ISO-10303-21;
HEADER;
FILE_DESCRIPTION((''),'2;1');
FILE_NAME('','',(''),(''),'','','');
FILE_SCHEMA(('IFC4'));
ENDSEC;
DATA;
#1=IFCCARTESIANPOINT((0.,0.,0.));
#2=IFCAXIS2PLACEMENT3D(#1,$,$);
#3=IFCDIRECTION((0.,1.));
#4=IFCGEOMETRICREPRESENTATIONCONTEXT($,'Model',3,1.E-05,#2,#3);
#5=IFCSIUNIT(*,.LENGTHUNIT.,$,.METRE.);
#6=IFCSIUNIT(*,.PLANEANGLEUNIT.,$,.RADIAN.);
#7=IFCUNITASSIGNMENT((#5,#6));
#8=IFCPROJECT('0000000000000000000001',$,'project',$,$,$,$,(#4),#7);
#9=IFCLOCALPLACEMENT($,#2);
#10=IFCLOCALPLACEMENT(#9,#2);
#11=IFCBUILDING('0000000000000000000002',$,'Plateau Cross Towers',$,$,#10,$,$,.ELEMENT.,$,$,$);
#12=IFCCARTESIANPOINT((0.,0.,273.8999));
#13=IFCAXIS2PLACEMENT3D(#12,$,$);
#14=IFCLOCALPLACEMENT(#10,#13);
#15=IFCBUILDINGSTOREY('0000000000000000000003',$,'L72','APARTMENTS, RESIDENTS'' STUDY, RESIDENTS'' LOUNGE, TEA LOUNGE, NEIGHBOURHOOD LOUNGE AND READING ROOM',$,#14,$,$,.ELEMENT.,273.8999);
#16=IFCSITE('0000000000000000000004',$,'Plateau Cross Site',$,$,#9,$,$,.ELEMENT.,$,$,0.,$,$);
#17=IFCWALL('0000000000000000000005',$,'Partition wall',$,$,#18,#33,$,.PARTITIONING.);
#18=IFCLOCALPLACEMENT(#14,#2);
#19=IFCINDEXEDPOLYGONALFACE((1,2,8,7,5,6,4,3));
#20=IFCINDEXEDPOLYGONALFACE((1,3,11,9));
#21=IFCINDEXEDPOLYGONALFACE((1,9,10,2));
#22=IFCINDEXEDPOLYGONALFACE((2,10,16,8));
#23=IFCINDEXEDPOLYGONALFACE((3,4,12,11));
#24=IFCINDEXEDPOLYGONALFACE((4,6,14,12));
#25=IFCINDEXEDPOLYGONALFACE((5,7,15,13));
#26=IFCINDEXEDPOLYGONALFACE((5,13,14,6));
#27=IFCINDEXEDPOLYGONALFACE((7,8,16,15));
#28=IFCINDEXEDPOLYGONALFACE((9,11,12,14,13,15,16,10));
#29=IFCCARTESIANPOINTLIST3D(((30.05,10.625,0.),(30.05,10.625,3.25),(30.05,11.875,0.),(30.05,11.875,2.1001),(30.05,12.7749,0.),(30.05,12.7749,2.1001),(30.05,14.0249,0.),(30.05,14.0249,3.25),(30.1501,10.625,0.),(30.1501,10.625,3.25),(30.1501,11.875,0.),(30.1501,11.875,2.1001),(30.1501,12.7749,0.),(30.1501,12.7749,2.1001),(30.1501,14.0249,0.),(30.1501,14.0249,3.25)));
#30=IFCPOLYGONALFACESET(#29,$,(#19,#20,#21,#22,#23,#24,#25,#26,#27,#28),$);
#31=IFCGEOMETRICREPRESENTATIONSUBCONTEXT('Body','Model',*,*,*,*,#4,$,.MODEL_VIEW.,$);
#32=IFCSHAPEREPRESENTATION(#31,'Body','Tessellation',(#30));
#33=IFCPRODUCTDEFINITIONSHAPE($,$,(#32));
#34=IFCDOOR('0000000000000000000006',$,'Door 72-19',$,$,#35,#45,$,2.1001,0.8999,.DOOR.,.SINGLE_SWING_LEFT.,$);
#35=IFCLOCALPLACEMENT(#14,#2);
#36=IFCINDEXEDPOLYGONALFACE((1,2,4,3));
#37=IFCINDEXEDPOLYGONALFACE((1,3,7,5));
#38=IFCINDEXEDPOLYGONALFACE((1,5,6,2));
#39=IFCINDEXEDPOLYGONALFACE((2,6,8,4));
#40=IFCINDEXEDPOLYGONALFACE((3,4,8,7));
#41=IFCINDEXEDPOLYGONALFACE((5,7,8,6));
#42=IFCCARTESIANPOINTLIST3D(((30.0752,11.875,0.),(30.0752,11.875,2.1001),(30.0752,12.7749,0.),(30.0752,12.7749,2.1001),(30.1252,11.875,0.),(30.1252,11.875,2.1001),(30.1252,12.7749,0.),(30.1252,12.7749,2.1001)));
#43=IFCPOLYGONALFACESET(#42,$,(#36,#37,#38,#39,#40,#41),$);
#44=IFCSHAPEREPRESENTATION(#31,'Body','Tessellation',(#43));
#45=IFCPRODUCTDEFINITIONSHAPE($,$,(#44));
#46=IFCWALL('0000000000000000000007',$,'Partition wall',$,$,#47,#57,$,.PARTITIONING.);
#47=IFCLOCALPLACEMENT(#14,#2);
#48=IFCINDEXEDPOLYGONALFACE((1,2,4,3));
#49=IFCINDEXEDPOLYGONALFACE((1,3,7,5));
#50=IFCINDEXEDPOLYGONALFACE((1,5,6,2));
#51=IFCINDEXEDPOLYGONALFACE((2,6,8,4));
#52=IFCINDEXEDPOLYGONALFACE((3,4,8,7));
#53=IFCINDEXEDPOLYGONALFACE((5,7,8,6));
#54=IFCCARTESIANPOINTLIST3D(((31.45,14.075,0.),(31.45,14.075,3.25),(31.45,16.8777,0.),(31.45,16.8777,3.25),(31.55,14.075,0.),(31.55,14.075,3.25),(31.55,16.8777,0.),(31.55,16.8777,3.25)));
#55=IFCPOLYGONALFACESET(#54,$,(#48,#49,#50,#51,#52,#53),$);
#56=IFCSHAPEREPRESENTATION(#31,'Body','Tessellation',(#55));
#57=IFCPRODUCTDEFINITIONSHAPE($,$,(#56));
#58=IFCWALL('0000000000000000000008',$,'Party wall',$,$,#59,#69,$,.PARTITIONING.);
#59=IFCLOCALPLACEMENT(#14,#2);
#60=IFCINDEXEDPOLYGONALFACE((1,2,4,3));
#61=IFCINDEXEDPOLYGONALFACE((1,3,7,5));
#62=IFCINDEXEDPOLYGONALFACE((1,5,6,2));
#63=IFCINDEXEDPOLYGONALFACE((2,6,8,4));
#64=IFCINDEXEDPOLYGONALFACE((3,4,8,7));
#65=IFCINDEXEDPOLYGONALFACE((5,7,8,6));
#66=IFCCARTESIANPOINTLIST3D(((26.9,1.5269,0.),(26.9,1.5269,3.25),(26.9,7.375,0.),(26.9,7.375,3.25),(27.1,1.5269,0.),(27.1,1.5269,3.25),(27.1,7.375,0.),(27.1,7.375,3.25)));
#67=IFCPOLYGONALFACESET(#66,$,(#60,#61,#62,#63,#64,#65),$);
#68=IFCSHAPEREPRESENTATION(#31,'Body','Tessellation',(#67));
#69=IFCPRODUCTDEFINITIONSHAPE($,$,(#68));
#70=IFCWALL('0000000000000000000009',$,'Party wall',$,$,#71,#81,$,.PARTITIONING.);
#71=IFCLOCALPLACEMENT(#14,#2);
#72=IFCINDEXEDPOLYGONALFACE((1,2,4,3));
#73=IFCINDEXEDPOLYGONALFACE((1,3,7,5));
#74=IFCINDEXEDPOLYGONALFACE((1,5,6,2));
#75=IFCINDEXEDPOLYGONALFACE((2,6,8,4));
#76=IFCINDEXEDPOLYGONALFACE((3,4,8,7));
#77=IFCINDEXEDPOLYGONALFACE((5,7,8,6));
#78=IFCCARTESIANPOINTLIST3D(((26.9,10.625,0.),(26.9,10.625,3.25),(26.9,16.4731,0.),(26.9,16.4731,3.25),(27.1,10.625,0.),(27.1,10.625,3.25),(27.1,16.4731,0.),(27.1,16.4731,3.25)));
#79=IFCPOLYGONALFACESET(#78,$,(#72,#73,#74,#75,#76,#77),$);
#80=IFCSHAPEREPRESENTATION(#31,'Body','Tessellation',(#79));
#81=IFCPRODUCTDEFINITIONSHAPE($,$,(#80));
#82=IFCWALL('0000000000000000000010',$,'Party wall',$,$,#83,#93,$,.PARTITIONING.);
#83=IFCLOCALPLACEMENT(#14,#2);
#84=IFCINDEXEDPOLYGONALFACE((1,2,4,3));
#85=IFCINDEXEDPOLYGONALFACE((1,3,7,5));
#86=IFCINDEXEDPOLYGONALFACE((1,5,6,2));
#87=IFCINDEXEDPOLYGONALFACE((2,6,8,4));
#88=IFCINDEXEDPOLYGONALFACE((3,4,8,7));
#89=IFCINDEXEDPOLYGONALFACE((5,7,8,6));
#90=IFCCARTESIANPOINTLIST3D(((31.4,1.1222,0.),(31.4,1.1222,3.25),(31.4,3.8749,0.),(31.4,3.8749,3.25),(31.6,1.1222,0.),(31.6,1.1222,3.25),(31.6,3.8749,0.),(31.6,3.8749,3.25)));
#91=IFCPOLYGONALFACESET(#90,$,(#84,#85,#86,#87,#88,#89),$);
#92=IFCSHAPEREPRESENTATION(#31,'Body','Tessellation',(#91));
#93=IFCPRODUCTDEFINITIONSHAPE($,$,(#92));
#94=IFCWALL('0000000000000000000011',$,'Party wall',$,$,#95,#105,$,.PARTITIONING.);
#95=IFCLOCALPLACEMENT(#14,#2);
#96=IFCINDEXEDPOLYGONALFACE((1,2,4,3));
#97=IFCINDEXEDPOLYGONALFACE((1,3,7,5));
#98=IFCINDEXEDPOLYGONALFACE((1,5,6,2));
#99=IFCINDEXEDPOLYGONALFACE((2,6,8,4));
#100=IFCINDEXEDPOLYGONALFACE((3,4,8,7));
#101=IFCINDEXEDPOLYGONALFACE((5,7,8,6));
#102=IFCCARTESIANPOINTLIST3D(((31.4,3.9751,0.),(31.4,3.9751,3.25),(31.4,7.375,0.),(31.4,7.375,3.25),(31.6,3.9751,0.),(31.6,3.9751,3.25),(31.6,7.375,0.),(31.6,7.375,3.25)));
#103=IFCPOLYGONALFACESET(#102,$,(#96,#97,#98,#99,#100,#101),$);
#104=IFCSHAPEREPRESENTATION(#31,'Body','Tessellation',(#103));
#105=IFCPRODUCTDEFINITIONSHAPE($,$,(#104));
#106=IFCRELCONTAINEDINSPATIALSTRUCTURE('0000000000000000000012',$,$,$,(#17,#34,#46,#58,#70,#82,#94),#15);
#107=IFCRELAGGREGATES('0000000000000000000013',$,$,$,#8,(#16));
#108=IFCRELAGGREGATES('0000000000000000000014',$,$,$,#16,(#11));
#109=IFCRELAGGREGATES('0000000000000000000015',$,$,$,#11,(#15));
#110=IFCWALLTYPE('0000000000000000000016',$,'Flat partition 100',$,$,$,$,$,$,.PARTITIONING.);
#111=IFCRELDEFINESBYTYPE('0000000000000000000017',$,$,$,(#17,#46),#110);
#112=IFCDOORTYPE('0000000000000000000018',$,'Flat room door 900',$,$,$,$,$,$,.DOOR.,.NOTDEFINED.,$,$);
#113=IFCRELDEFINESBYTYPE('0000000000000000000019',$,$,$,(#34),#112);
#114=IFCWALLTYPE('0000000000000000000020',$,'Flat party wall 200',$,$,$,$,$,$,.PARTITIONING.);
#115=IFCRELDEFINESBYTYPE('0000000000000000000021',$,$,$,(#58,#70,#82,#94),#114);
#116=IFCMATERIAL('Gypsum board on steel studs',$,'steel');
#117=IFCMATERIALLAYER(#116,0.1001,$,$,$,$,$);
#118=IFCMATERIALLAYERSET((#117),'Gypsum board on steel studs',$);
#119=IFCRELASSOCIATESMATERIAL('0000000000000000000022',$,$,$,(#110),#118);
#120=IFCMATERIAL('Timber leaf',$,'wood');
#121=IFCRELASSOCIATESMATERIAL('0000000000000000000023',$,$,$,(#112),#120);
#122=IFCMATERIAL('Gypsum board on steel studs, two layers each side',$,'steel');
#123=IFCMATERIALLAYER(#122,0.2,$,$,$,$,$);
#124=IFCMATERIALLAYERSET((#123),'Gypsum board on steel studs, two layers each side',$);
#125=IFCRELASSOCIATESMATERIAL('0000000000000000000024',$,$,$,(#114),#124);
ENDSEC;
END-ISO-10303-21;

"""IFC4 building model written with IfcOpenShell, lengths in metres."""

from ifc_helpers import new_model, si_unit, direction, frame, frame_2d, origin, place, context, subcontext, project, spatial, rectangle, extrude, material, layer, layer_set, type_object, element, fill, save


model = new_model("IFC4")

# Units and contexts
model_context = context("Model", 3, precision=1e-05, world=origin(), true_north=direction((0.0, 1.0)))
body_context = subcontext(model_context, "Body", "Model", "MODEL_VIEW")
ifc_project = project(units=[si_unit("LENGTHUNIT", "METRE"), si_unit("PLANEANGLEUNIT", "RADIAN")], contexts=[model_context])

# Site, building, storey
site_placement = place(None, origin())
site = spatial("IfcSite", under=ifc_project, at=site_placement, Name="Plateau Cross Site", CompositionType="ELEMENT", RefElevation=0.0)
building_placement = place(site_placement, origin())
building = spatial("IfcBuilding", under=site, at=building_placement, Name="Plateau Cross Towers", CompositionType="ELEMENT")
storey_placement = place(building_placement, frame((0.0, 0.0, 273.8999)))
storey = spatial("IfcBuildingStorey", under=building, at=storey_placement, Name="L72", Description="APARTMENTS, RESIDENTS' STUDY, RESIDENTS' LOUNGE, TEA LOUNGE, NEIGHBOURHOOD LOUNGE AND READING ROOM", CompositionType="ELEMENT", Elevation=273.8999)

# Shared definitions
ifc_material_1 = material(Name="Gypsum board on steel studs", Category="steel")
ifc_layer_1 = layer(ifc_material_1, 0.1001)
ifc_layer_set_1 = layer_set([ifc_layer_1], Name="Gypsum board on steel studs")
wall_type_1 = type_object("IfcWallType", Name="Flat partition 100", PredefinedType="PARTITIONING", material=ifc_layer_set_1)

# Shared definitions
ifc_material_2 = material(Name="Timber leaf", Category="wood")
door_type = type_object("IfcDoorType", Name="Flat room door 900", OperationType="NOTDEFINED", PredefinedType="DOOR", material=ifc_material_2)

# Wall, opening, door
wall_1_placement = place(storey_placement, frame((30.1001, 10.625, 0.0), z_axis=(0.0, 0.0, 1.0), x_axis=(0.0, 1.0, 0.0)))
wall_1 = element("IfcWall", 1, at=wall_1_placement, inside=storey, type_object=wall_type_1, Name="Partition wall", PredefinedType="PARTITIONING", context=body_context, shape_type="SweptSolid", body=[
    extrude(rectangle(XDim=3.3999, YDim=0.1001, at=frame_2d((1.7, 0.0))), origin(), (0.0, 0.0, 1.0), 3.25),
])
opening_1_placement = place(wall_1_placement, frame((1.25, 0.0, 0.0)))
opening_1 = element("IfcOpeningElement", 2, at=opening_1_placement, cuts=wall_1, PredefinedType="OPENING", context=body_context, shape_type="SweptSolid", body=[
    extrude(rectangle(XDim=0.8999, YDim=2.1001, at=frame_2d((0.45, 1.05))), frame((0.0, 0.0601, 0.0), z_axis=(0.0, -1.0, 0.0), x_axis=(1.0, 0.0, 0.0)), (0.0, 0.0, 1.0), 0.1201),
])
door_1_placement = place(opening_1_placement, origin())
door_1 = element("IfcDoor", 3, at=door_1_placement, inside=storey, type_object=door_type, Name="Door 72-19", OperationType="SINGLE_SWING_LEFT", OverallHeight=2.1001, OverallWidth=0.8999, PredefinedType="DOOR", context=body_context, shape_type="SweptSolid", body=[
    extrude(rectangle(XDim=0.8999, YDim=2.1001, at=frame_2d((0.45, 1.05))), frame((0.0, 0.0249, 0.0), z_axis=(0.0, -1.0, 0.0), x_axis=(1.0, 0.0, 0.0)), (0.0, 0.0, 1.0), 0.05),
])
fill(opening_1, door_1)

# Walls
wall_2_placement = place(storey_placement, frame((31.5, 16.8777, 0.0), z_axis=(0.0, 0.0, 1.0), x_axis=(0.0, -1.0, 0.0)))
element("IfcWall", 4, at=wall_2_placement, inside=storey, type_object=wall_type_1, Name="Partition wall", PredefinedType="PARTITIONING", context=body_context, shape_type="SweptSolid", body=[
    extrude(rectangle(XDim=2.8027, YDim=0.1001, at=frame_2d((1.4014, 0.0))), origin(), (0.0, 0.0, 1.0), 3.25),
])
ifc_material_3 = material(Name="Gypsum board on steel studs, two layers each side", Category="steel")
ifc_layer_2 = layer(ifc_material_3, 0.2)
ifc_layer_set_2 = layer_set([ifc_layer_2], Name="Gypsum board on steel studs, two layers each side")
wall_type_2 = type_object("IfcWallType", Name="Flat party wall 200", PredefinedType="PARTITIONING", material=ifc_layer_set_2)
for number, where, z_axis, x_axis, name in (
    (5, (27.0, 1.5269, 0.0), (0.0, 0.0, 1.0), (0.0, 1.0, 0.0), "Party wall"),
    (6, (27.0, 10.625, 0.0), (0.0, 0.0, 1.0), (0.0, 1.0, 0.0), "Party wall"),
):
    element("IfcWall", number, at=place(storey_placement, frame(where, z_axis=z_axis, x_axis=x_axis)), inside=storey, type_object=wall_type_2, Name=name, PredefinedType="PARTITIONING", context=body_context, shape_type="SweptSolid", body=[
        extrude(rectangle(XDim=5.8481, YDim=0.2, at=frame_2d((2.9241, 0.0))), origin(), (0.0, 0.0, 1.0), 3.25),
    ])
wall_3_placement = place(storey_placement, frame((31.5, 3.875, 0.0), z_axis=(0.0, 0.0, 1.0), x_axis=(0.0, -1.0, 0.0)))
element("IfcWall", 7, at=wall_3_placement, inside=storey, type_object=wall_type_2, Name="Party wall", PredefinedType="PARTITIONING", context=body_context, shape_type="SweptSolid", body=[
    extrude(rectangle(XDim=2.7527, YDim=0.2, at=frame_2d((1.3765, 0.0))), origin(), (0.0, 0.0, 1.0), 3.25),
])
wall_4_placement = place(storey_placement, frame((31.5, 3.9751, 0.0), z_axis=(0.0, 0.0, 1.0), x_axis=(0.0, 1.0, 0.0)))
element("IfcWall", 8, at=wall_4_placement, inside=storey, type_object=wall_type_2, Name="Party wall", PredefinedType="PARTITIONING", context=body_context, shape_type="SweptSolid", body=[
    extrude(rectangle(XDim=3.3999, YDim=0.2, at=frame_2d((1.7, 0.0))), origin(), (0.0, 0.0, 1.0), 3.25),
])

save(model, "model.ifc")
